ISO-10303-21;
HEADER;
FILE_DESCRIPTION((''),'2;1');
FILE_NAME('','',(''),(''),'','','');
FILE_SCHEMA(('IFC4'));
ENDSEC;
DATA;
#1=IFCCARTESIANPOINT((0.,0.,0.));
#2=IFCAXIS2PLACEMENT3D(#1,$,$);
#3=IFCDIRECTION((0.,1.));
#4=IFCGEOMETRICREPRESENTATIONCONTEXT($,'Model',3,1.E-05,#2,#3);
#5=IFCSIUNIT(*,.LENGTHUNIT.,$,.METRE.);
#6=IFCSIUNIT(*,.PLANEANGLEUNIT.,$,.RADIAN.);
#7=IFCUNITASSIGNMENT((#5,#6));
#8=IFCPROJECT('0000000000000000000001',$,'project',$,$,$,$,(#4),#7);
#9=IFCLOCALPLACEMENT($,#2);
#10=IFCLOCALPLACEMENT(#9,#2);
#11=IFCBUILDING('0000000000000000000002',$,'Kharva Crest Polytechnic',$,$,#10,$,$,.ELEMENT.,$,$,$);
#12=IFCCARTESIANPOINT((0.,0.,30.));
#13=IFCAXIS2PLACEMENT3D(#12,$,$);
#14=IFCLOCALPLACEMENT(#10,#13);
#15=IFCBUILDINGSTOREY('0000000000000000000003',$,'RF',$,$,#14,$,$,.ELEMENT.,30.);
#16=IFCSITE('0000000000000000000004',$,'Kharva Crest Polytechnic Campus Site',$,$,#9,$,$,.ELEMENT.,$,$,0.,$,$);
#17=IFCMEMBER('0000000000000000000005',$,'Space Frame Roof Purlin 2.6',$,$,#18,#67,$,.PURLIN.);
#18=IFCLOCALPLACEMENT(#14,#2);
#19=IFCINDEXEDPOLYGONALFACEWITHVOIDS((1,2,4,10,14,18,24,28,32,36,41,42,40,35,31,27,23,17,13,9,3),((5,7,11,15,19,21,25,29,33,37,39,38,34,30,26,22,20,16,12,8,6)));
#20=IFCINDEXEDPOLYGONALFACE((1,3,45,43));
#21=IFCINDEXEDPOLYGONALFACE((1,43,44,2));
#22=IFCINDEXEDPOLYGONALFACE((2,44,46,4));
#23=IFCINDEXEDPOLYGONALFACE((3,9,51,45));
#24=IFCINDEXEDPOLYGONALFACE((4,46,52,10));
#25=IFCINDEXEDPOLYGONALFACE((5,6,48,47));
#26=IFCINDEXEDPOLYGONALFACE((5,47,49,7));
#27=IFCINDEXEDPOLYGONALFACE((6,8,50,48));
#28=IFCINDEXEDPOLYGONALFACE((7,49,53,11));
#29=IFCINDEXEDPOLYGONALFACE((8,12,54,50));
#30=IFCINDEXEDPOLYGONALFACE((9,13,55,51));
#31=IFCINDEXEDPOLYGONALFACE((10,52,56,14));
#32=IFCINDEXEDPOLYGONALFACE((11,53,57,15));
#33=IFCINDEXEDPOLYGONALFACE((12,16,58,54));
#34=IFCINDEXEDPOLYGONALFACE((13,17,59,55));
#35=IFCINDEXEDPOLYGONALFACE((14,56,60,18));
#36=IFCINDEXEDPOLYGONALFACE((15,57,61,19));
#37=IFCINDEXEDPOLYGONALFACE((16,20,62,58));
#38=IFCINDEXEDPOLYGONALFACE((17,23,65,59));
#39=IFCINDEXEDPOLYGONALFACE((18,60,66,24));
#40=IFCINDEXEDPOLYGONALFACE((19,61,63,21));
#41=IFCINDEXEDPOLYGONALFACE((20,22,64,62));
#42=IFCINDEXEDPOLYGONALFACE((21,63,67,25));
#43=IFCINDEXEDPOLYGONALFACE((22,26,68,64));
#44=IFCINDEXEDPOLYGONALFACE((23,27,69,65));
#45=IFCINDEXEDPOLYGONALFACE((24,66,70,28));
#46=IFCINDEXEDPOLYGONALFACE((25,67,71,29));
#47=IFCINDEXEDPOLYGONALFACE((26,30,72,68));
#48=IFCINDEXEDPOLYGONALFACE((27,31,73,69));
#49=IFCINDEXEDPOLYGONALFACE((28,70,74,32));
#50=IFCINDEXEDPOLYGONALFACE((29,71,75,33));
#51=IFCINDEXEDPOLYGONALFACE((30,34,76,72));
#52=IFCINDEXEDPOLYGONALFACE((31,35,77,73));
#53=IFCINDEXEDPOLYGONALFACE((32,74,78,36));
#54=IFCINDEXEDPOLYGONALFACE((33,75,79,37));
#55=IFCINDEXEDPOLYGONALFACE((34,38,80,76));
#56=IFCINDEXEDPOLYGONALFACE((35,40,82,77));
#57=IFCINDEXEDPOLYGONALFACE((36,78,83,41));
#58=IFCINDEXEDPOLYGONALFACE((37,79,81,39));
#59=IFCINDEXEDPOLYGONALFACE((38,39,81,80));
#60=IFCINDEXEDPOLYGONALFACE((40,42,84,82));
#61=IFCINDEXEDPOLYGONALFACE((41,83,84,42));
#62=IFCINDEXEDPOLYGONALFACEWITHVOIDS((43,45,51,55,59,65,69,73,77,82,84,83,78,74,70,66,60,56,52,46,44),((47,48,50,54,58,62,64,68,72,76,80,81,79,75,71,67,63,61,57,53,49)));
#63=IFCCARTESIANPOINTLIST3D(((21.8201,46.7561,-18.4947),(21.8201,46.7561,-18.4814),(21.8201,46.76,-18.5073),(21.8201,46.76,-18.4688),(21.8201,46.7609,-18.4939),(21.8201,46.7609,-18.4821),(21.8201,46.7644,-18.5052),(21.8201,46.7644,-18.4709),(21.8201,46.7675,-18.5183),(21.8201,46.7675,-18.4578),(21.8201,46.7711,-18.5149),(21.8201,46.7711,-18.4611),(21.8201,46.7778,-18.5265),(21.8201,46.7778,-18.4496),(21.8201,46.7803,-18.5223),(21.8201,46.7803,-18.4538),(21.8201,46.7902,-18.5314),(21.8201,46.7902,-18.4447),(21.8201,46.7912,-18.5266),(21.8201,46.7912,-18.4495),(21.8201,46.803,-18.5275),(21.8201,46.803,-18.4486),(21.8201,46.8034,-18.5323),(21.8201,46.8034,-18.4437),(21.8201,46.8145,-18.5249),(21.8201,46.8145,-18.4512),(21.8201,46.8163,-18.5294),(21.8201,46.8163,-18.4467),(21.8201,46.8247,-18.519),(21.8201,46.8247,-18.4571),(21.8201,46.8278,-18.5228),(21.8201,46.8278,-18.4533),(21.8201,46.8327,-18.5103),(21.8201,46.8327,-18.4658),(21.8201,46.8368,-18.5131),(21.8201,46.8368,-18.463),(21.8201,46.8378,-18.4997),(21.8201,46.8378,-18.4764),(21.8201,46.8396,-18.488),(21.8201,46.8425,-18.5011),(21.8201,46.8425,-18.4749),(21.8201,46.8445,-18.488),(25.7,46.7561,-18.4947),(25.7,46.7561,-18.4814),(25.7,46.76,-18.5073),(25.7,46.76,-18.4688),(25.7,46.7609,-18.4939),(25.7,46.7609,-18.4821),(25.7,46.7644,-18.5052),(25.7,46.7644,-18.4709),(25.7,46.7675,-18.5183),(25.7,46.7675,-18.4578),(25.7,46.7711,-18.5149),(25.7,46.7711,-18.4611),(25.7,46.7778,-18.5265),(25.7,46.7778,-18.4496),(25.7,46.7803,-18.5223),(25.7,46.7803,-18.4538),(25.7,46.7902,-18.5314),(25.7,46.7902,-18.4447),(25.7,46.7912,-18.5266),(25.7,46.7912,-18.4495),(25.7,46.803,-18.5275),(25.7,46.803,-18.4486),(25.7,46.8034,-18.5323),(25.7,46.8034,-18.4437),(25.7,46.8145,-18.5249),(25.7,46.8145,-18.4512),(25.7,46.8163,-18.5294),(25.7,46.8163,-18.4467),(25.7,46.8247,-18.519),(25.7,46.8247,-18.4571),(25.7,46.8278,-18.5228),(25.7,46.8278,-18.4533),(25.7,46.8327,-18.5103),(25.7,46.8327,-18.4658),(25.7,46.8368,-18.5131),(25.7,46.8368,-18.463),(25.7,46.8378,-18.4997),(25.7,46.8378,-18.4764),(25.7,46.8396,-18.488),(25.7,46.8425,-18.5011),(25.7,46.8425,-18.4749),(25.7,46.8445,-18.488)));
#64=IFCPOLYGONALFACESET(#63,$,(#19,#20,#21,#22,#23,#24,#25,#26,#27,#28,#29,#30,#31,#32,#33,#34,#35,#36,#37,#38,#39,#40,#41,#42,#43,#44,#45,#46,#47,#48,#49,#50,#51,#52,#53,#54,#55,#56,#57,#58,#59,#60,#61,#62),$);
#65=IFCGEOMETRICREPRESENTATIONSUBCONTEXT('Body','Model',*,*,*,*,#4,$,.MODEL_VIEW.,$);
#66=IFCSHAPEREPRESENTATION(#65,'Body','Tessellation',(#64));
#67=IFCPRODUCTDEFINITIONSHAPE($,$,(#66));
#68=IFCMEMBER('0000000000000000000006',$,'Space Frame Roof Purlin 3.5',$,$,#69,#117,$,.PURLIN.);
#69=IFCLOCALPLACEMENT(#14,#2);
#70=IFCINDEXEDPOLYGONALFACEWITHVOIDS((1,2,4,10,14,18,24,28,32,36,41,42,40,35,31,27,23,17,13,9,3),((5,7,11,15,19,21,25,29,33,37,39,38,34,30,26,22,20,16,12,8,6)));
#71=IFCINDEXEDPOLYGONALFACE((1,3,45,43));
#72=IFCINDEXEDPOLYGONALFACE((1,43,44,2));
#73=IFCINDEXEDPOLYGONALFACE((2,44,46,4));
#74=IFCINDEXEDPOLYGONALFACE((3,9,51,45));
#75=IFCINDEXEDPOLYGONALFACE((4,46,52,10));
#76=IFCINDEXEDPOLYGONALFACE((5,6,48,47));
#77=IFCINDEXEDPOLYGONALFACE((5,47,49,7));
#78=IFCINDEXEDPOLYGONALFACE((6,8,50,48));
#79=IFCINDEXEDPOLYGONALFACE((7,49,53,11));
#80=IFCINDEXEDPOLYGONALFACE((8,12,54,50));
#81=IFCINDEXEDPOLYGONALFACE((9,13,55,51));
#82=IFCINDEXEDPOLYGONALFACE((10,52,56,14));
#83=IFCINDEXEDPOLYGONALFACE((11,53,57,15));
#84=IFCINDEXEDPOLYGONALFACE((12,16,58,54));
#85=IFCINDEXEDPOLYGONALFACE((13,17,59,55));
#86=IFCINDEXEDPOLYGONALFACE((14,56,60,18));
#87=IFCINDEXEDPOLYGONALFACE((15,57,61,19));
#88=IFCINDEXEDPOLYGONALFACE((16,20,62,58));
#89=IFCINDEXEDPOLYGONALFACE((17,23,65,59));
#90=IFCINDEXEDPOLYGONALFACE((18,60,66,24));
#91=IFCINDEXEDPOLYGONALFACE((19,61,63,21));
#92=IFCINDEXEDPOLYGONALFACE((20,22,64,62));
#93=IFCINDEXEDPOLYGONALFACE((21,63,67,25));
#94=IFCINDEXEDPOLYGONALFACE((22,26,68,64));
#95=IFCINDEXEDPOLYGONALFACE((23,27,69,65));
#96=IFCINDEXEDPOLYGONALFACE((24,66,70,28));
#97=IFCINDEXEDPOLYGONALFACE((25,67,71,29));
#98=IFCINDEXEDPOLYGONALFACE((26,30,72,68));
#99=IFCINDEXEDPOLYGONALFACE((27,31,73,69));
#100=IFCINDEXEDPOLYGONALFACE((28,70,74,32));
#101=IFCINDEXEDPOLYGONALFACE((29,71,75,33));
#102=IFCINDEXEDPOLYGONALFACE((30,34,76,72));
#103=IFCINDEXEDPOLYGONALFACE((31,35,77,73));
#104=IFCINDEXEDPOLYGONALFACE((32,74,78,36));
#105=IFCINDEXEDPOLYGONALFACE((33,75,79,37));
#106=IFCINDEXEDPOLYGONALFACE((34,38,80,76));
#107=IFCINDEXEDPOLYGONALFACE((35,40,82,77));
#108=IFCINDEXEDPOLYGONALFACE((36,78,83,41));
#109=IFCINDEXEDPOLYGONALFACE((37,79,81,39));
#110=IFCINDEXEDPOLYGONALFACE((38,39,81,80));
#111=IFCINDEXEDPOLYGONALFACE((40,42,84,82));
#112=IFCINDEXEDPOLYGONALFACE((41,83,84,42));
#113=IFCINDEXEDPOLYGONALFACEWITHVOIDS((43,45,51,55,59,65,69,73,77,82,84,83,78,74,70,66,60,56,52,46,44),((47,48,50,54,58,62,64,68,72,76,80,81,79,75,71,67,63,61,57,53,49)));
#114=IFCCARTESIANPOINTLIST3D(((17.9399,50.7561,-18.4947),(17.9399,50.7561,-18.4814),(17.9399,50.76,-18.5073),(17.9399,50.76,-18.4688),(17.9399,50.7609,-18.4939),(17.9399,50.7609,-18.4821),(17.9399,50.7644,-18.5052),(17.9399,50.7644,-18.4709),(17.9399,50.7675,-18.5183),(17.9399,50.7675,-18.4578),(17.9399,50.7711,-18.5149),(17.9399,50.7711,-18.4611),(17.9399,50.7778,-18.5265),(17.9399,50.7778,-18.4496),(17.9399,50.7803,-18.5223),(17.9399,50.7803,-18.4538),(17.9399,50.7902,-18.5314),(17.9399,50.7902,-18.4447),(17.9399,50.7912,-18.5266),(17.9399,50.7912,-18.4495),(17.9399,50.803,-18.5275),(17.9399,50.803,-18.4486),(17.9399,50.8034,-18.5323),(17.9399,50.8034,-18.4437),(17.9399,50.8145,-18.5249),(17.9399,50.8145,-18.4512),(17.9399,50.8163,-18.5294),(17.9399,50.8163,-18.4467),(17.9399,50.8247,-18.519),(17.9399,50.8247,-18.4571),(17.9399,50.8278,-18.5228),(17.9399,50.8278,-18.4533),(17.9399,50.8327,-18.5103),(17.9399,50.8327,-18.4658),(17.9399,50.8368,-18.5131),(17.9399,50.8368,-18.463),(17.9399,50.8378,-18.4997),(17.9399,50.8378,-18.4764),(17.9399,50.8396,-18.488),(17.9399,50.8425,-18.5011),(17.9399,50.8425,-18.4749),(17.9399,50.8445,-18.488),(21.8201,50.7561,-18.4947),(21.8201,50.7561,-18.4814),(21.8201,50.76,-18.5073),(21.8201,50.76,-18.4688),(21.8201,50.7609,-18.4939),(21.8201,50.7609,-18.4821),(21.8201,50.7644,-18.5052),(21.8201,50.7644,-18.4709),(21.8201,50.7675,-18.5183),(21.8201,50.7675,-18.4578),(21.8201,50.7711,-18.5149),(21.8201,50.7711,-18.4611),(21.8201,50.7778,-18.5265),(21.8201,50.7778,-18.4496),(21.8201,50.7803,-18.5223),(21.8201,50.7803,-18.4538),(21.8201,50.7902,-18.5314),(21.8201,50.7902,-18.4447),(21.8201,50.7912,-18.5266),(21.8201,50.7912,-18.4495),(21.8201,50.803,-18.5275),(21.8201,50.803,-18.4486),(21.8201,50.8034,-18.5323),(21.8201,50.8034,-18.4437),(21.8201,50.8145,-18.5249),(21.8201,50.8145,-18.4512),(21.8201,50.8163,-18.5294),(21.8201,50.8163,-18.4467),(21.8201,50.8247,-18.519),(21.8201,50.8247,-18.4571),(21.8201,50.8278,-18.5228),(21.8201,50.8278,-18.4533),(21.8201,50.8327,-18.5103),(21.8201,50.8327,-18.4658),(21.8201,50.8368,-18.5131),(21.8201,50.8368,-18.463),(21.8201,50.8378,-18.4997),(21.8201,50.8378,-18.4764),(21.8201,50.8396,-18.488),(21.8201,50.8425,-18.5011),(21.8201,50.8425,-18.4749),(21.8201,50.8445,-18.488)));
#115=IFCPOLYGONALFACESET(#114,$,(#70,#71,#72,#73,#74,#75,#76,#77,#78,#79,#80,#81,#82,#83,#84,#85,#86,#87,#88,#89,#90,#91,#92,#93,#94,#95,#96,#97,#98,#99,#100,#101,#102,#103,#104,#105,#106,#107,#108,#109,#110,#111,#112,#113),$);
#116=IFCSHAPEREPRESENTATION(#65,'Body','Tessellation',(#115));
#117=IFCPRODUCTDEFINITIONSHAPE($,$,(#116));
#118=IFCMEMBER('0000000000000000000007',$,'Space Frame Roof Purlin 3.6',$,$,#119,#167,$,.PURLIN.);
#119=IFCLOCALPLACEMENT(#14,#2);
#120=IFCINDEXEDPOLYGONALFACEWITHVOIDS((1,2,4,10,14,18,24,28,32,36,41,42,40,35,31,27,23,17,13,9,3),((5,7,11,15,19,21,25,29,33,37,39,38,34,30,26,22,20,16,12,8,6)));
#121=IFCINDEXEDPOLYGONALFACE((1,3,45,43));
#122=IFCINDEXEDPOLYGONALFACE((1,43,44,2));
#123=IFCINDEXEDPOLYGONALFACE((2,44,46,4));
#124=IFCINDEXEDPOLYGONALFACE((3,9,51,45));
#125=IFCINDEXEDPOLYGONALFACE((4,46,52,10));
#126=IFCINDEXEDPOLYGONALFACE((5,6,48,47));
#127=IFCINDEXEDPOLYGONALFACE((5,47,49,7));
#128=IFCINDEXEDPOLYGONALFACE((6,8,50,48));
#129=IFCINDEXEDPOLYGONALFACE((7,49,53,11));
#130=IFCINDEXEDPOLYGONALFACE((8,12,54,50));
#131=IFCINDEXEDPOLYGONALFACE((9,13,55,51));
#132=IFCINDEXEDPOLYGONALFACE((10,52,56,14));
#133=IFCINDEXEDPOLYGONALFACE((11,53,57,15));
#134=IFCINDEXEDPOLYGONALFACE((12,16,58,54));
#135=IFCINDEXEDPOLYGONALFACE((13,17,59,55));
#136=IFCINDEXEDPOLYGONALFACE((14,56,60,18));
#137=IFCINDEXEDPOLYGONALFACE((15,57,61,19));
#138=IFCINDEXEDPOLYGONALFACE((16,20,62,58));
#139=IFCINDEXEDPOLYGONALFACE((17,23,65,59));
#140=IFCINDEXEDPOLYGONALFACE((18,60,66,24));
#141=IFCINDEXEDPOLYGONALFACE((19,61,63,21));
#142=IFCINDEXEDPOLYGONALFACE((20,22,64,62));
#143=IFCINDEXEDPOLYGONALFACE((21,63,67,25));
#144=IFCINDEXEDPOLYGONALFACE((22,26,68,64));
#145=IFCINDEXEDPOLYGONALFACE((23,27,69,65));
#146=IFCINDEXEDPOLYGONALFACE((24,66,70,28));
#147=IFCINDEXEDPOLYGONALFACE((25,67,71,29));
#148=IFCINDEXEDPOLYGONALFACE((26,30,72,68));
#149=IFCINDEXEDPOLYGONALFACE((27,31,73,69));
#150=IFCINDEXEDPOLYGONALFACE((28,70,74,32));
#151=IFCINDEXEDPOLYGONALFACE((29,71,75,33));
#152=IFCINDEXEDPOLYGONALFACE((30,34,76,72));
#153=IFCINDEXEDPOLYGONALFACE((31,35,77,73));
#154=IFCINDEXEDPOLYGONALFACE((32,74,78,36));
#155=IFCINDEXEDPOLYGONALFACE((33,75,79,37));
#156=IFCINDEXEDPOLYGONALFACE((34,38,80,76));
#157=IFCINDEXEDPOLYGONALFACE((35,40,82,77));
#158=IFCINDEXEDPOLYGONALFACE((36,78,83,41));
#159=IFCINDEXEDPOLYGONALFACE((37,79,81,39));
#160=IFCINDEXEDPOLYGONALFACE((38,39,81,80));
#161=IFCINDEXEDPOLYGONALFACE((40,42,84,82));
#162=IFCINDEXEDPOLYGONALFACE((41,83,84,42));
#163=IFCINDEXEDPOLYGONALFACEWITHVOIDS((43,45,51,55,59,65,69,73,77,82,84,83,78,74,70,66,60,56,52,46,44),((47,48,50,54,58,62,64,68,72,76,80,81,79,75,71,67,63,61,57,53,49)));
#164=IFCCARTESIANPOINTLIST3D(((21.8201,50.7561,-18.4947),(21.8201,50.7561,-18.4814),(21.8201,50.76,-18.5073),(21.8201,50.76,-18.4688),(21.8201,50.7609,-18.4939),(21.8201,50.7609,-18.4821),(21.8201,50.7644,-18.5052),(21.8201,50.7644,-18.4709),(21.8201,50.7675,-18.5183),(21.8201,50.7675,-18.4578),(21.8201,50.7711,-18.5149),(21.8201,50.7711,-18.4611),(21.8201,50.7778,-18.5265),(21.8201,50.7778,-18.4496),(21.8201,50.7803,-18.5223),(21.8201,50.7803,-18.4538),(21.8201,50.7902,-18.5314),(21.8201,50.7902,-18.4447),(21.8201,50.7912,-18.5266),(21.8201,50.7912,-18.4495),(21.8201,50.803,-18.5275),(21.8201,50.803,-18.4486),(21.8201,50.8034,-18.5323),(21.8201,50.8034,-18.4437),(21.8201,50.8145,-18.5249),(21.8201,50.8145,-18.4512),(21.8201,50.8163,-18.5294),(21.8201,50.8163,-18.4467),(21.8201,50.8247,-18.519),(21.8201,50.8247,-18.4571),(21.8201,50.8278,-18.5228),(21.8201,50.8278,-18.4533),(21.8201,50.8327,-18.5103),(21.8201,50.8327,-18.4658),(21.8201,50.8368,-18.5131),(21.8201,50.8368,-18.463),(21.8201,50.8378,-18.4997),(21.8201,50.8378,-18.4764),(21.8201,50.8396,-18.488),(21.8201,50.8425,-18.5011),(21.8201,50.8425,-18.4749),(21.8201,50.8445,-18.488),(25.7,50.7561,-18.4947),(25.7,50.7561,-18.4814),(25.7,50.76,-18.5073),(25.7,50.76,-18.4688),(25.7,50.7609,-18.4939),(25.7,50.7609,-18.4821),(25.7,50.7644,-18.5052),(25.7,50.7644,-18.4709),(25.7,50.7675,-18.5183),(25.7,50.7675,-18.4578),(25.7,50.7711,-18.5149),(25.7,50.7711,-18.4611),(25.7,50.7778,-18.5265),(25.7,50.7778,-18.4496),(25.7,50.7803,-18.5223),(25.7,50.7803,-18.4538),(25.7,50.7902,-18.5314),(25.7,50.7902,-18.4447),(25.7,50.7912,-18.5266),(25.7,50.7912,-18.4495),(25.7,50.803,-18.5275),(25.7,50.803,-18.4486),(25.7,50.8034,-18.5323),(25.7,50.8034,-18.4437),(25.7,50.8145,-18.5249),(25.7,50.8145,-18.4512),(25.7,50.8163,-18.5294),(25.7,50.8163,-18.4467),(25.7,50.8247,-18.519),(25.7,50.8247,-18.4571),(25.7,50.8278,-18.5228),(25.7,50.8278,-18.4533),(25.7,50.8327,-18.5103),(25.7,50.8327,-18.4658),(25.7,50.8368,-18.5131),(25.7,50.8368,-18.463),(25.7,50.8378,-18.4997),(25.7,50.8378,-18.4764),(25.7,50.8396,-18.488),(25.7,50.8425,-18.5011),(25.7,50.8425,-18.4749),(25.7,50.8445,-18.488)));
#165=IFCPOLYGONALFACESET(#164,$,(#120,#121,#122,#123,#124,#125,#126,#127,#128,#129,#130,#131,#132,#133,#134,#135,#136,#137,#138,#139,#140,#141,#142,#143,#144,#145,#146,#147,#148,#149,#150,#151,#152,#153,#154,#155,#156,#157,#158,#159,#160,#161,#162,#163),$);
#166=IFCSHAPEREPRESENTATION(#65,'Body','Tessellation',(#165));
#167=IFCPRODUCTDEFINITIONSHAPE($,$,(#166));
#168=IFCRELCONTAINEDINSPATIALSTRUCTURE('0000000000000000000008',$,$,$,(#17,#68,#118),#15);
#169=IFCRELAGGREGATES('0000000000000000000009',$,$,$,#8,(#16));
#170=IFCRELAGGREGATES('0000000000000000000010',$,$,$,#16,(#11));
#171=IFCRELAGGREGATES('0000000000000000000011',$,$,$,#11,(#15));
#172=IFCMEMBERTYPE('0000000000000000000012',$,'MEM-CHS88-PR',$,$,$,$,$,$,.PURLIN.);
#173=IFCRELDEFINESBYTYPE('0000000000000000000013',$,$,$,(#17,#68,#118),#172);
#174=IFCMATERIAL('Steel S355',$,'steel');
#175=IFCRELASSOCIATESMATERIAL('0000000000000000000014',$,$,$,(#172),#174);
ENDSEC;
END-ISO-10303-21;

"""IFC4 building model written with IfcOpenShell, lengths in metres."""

from ifc_helpers import new_model, si_unit, direction, frame, origin, origin_2d, place, context, subcontext, project, spatial, hollow_circle, extrude, material, material_profile, profile_set, type_object, element, save


model = new_model("IFC4")

# Units and contexts
model_context = context("Model", 3, precision=1e-05, world=origin(), true_north=direction((0.0, 1.0)))
body_context = subcontext(model_context, "Body", "Model", "MODEL_VIEW")
ifc_project = project(units=[si_unit("LENGTHUNIT", "METRE"), si_unit("PLANEANGLEUNIT", "RADIAN")], contexts=[model_context])

# Site, building, storey
site_placement = place(None, origin())
site = spatial("IfcSite", under=ifc_project, at=site_placement, Name="Kharva Crest Polytechnic Campus Site", CompositionType="ELEMENT", RefElevation=0.0)
building_placement = place(site_placement, origin())
building = spatial("IfcBuilding", under=site, at=building_placement, Name="Kharva Crest Polytechnic", CompositionType="ELEMENT")
storey_placement = place(building_placement, frame((0.0, 0.0, 30.0)))
storey = spatial("IfcBuildingStorey", under=building, at=storey_placement, Name="RF", CompositionType="ELEMENT", Elevation=30.0)

# Members
ifc_material = material(Name="Steel S355", Category="steel")
ifc_material_profile = material_profile(ifc_material, hollow_circle(Radius=0.0444, WallThickness=0.0049, at=origin_2d()), Name="CHS 88.9X5.0")
ifc_profile_set = profile_set([ifc_material_profile], Name="Steel S355")
member_type = type_object("IfcMemberType", Name="MEM-CHS88-PR", PredefinedType="PURLIN", material=ifc_profile_set)
member_1_placement = place(storey_placement, frame((21.8201, 46.8, -18.488), z_axis=(1.0, 0.0, 0.0), x_axis=(0.0, 1.0, 0.0)))
element("IfcMember", 1, at=member_1_placement, inside=storey, type_object=member_type, Name="Space Frame Roof Purlin 2.6", PredefinedType="PURLIN", context=body_context, shape_type="SweptSolid", body=[
    extrude(hollow_circle(Radius=0.0444, WallThickness=0.0049, at=origin_2d()), origin(), (0.0, 0.0, 1.0), 3.8799),
])
member_2_placement = place(storey_placement, frame((17.9399, 50.8, -18.488), z_axis=(1.0, 0.0, 0.0), x_axis=(0.0, 1.0, 0.0)))
element("IfcMember", 2, at=member_2_placement, inside=storey, type_object=member_type, Name="Space Frame Roof Purlin 3.5", PredefinedType="PURLIN", context=body_context, shape_type="SweptSolid", body=[
    extrude(hollow_circle(Radius=0.0444, WallThickness=0.0049, at=origin_2d()), origin(), (0.0, 0.0, 1.0), 3.8801),
])
member_3_placement = place(storey_placement, frame((21.8201, 50.8, -18.488), z_axis=(1.0, 0.0, 0.0), x_axis=(0.0, 1.0, 0.0)))
element("IfcMember", 3, at=member_3_placement, inside=storey, type_object=member_type, Name="Space Frame Roof Purlin 3.6", PredefinedType="PURLIN", context=body_context, shape_type="SweptSolid", body=[
    extrude(hollow_circle(Radius=0.0444, WallThickness=0.0049, at=origin_2d()), origin(), (0.0, 0.0, 1.0), 3.8799),
])

save(model, "model.ifc")
